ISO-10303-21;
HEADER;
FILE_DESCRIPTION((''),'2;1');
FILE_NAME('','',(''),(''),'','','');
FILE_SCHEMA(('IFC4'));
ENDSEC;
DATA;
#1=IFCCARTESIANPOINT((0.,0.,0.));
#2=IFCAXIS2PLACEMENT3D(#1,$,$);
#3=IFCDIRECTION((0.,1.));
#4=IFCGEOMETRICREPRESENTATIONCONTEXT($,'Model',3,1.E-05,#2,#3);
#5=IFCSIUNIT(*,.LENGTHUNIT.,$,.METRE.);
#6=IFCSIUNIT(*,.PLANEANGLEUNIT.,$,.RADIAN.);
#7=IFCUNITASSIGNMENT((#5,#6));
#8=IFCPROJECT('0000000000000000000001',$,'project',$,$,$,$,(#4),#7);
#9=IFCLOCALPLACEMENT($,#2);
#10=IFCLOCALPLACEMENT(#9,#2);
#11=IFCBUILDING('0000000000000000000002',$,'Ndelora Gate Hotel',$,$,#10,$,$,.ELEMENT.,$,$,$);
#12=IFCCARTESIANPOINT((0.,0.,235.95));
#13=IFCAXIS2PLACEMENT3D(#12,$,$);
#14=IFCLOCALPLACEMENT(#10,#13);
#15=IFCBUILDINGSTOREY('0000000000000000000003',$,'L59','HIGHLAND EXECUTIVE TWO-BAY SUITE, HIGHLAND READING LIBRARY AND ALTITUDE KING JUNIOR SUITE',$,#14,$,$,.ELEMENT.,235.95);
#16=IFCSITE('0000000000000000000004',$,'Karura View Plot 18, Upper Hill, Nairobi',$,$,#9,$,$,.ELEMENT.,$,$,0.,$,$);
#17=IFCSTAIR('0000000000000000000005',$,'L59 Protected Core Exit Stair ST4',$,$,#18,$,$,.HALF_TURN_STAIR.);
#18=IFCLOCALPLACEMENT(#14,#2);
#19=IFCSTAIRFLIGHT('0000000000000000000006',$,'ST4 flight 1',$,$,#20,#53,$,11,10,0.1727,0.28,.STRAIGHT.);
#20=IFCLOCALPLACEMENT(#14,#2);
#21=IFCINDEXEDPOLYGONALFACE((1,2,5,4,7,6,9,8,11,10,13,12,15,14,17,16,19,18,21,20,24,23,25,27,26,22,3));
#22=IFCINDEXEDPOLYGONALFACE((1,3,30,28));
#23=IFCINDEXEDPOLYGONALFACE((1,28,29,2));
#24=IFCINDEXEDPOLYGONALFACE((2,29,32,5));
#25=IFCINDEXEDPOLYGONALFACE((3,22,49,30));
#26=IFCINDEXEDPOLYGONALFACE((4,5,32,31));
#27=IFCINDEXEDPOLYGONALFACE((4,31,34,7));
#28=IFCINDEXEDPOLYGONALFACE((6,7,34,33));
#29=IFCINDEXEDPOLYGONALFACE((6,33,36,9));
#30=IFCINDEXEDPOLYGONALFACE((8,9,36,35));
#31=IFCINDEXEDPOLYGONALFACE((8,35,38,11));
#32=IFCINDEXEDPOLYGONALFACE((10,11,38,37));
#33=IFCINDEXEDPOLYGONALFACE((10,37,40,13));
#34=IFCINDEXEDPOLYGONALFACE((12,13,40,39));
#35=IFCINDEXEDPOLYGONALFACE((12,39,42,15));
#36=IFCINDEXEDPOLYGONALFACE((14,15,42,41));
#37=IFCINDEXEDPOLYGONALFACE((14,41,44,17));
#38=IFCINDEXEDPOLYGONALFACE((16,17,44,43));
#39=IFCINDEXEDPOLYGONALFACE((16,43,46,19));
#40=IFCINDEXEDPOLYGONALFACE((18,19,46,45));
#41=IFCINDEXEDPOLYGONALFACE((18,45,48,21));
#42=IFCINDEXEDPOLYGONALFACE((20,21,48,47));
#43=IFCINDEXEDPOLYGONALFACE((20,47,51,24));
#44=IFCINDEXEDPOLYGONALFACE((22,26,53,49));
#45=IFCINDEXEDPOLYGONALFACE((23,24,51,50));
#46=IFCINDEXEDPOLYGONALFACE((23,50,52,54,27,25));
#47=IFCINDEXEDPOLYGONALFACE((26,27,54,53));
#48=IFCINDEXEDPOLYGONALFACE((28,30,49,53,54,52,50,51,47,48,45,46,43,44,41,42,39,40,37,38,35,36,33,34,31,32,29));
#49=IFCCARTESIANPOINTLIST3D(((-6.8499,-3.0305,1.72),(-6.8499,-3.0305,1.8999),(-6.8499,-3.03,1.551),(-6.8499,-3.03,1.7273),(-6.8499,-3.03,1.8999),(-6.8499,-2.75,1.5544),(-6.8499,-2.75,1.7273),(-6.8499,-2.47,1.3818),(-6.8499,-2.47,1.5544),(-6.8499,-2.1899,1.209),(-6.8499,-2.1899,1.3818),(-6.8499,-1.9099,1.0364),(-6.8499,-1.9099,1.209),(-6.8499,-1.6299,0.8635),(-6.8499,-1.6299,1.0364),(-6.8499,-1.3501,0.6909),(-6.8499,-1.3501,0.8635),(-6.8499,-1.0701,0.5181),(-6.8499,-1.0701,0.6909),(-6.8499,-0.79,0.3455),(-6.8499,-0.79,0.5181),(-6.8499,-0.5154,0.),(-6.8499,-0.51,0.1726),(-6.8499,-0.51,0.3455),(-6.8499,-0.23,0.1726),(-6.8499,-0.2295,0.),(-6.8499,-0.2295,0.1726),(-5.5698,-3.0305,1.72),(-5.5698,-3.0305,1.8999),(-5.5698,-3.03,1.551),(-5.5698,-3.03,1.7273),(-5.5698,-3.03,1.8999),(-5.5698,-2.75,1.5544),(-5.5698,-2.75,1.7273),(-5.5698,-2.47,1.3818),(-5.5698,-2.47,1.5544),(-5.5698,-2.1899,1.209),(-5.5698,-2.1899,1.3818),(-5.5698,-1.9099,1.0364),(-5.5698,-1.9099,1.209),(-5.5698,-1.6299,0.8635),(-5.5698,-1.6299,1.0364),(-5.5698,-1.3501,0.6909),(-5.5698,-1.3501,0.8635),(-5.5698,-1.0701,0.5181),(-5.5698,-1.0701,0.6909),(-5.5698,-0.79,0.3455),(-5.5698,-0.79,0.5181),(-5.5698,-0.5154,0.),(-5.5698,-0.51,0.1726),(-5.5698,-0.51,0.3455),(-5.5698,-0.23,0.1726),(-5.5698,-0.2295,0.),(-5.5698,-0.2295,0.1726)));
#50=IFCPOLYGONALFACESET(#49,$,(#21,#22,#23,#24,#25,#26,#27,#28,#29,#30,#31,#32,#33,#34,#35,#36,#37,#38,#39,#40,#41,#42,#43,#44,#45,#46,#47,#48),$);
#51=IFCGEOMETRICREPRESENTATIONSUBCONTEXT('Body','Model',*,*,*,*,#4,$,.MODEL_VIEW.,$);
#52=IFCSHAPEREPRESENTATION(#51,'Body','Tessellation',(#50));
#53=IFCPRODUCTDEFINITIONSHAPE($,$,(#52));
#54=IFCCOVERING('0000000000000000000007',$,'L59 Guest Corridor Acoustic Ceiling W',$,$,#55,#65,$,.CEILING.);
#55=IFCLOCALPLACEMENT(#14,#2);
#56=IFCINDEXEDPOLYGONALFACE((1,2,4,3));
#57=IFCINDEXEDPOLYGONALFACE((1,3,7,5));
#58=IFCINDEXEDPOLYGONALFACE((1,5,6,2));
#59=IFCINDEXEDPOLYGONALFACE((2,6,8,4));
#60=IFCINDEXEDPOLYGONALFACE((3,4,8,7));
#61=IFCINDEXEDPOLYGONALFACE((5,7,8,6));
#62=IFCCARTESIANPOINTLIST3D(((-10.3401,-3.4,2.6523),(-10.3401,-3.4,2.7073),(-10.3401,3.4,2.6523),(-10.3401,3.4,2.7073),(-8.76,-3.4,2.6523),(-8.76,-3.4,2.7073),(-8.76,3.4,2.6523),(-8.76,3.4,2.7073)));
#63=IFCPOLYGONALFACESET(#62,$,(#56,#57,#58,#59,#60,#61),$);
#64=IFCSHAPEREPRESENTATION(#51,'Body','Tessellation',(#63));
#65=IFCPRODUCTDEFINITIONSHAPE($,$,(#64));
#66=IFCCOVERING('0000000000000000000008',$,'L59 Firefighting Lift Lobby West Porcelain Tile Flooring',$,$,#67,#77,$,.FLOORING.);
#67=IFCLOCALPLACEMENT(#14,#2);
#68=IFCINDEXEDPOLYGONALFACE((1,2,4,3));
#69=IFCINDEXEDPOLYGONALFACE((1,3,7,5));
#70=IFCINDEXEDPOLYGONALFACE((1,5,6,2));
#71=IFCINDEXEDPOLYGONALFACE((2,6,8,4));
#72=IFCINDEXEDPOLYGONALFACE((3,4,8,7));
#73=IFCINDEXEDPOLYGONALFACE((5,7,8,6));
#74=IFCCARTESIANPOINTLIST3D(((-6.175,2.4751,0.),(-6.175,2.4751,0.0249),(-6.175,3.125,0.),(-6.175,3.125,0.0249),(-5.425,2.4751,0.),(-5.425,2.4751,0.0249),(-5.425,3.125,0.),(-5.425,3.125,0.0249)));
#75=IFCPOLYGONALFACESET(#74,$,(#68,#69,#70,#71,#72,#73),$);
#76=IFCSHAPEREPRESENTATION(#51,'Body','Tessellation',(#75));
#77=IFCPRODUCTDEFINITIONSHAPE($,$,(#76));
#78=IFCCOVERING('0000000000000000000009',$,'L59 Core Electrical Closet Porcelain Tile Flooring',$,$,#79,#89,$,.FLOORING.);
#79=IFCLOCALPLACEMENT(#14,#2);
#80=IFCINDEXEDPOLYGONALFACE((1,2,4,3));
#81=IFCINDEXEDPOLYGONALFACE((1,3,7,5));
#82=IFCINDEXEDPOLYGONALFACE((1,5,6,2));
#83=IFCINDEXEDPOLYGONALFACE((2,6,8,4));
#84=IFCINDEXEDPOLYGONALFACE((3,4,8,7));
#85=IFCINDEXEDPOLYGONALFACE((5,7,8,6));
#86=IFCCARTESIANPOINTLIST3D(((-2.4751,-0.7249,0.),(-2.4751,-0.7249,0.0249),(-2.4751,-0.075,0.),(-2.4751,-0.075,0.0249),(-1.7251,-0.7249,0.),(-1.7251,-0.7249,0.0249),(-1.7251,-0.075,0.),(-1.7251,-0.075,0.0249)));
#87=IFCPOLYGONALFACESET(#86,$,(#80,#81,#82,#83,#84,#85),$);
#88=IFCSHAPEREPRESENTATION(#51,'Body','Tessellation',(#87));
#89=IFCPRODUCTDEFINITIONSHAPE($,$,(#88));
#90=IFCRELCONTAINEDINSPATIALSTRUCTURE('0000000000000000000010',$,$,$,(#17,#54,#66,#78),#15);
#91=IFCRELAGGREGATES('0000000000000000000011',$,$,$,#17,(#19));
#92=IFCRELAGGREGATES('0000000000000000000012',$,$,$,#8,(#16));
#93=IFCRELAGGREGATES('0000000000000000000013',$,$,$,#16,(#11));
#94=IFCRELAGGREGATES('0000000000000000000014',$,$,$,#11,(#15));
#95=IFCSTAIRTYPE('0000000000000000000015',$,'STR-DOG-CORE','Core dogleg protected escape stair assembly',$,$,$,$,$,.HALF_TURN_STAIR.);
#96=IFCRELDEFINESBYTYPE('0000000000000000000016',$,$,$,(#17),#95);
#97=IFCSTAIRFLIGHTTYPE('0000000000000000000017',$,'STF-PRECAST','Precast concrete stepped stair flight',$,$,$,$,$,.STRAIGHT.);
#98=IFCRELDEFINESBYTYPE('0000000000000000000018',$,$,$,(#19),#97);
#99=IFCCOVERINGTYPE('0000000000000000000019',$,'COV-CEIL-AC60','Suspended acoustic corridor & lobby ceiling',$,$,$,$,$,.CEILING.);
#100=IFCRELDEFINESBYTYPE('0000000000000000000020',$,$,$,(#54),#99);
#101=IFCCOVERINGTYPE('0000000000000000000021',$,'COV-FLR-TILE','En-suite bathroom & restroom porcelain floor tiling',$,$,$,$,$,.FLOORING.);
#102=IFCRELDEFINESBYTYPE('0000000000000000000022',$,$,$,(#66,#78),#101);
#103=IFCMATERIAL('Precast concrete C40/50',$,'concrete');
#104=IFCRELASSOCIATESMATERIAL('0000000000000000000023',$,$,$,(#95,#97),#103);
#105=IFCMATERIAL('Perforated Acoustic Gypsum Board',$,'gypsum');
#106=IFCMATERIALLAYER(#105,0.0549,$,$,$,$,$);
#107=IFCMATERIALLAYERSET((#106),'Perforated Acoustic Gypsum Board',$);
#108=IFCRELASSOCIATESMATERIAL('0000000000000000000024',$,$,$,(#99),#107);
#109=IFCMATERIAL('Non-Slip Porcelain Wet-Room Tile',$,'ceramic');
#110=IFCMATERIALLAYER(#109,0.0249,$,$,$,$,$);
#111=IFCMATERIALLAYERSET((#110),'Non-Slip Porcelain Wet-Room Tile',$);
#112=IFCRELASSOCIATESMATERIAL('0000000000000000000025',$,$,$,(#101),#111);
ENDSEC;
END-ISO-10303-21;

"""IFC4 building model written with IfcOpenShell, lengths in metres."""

from ifc_helpers import new_model, si_unit, direction, frame, origin, origin_2d, place, context, subcontext, project, spatial, polyline, rectangle, outline, extrude, material, layer, layer_set, type_object, element, aggregate, save


model = new_model("IFC4")

# Units and contexts
model_context = context("Model", 3, precision=1e-05, world=origin(), true_north=direction((0.0, 1.0)))
body_context = subcontext(model_context, "Body", "Model", "MODEL_VIEW")
ifc_project = project(units=[si_unit("LENGTHUNIT", "METRE"), si_unit("PLANEANGLEUNIT", "RADIAN")], contexts=[model_context])

# Site, building, storey
site_placement = place(None, origin())
site = spatial("IfcSite", under=ifc_project, at=site_placement, Name="Karura View Plot 18, Upper Hill, Nairobi", CompositionType="ELEMENT", RefElevation=0.0)
building_placement = place(site_placement, origin())
building = spatial("IfcBuilding", under=site, at=building_placement, Name="Ndelora Gate Hotel", CompositionType="ELEMENT")
storey_placement = place(building_placement, frame((0.0, 0.0, 235.95)))
storey = spatial("IfcBuildingStorey", under=building, at=storey_placement, Name="L59", Description="HIGHLAND EXECUTIVE TWO-BAY SUITE, HIGHLAND READING LIBRARY AND ALTITUDE KING JUNIOR SUITE", CompositionType="ELEMENT", Elevation=235.95)

# Stair, stair flight
ifc_material_1 = material(Name="Precast concrete C40/50", Category="concrete")
stair_type = type_object("IfcStairType", Name="STR-DOG-CORE", Description="Core dogleg protected escape stair assembly", PredefinedType="HALF_TURN_STAIR", material=ifc_material_1)
stair_placement = place(storey_placement, origin())
stair = element("IfcStair", 1, at=stair_placement, inside=storey, type_object=stair_type, Name="L59 Protected Core Exit Stair ST4", PredefinedType="HALF_TURN_STAIR")
stair_flight_type = type_object("IfcStairFlightType", Name="STF-PRECAST", Description="Precast concrete stepped stair flight", PredefinedType="STRAIGHT", material=ifc_material_1)
stair_flight_placement = place(storey_placement, frame((-6.21, -0.23, 0.0), z_axis=(0.0, 0.0, 1.0), x_axis=(0.0, -1.0, 0.0)))
stair_flight = element("IfcStairFlight", 2, at=stair_flight_placement, type_object=stair_flight_type, Name="ST4 flight 1", NumberOfRisers=11, NumberOfTreads=10, PredefinedType="STRAIGHT", RiserHeight=0.1727, TreadLength=0.28, context=body_context, shape_type="SweptSolid", body=[
    extrude(outline(polyline([(-0.0005, 0.0), (-0.0005, 0.1726), (0.0, 0.1726), (0.28, 0.1726), (0.28, 0.3455), (0.5601, 0.3455), (0.5601, 0.5181), (0.8401, 0.5181), (0.8401, 0.6909), (1.1201, 0.6909), (1.1201, 0.8635), (1.3999, 0.8635), (1.3999, 1.0364), (1.6799, 1.0364), (1.6799, 1.209), (1.96, 1.209), (1.96, 1.3818), (2.24, 1.3818), (2.24, 1.5544), (2.52, 1.5544), (2.52, 1.7273), (2.8, 1.7273), (2.8, 1.8999), (2.8005, 1.8999), (2.8005, 1.72), (2.8, 1.551), (0.2854, 0.0), (-0.0005, 0.0)])), frame((0.0, 0.6401, 0.0), z_axis=(0.0, -1.0, 0.0), x_axis=(1.0, 0.0, 0.0)), (0.0, 0.0, 1.0), 1.28),
])
aggregate(stair, [stair_flight])

# Coverings
ifc_material_2 = material(Name="Perforated Acoustic Gypsum Board", Category="gypsum")
ifc_layer_1 = layer(ifc_material_2, 0.0549)
ifc_layer_set_1 = layer_set([ifc_layer_1], Name="Perforated Acoustic Gypsum Board")
covering_type_1 = type_object("IfcCoveringType", Name="COV-CEIL-AC60", Description="Suspended acoustic corridor & lobby ceiling", PredefinedType="CEILING", material=ifc_layer_set_1)
covering_placement = place(storey_placement, frame((-9.55, 0.0, 2.6523), z_axis=(0.0, 0.0, 1.0), x_axis=(1.0, 0.0, 0.0)))
element("IfcCovering", 3, at=covering_placement, inside=storey, type_object=covering_type_1, Name="L59 Guest Corridor Acoustic Ceiling W", PredefinedType="CEILING", context=body_context, shape_type="SweptSolid", body=[
    extrude(rectangle(XDim=1.5801, YDim=6.8, at=origin_2d()), origin(), (0.0, 0.0, 1.0), 0.0549),
])
ifc_material_3 = material(Name="Non-Slip Porcelain Wet-Room Tile", Category="ceramic")
ifc_layer_2 = layer(ifc_material_3, 0.0249)
ifc_layer_set_2 = layer_set([ifc_layer_2], Name="Non-Slip Porcelain Wet-Room Tile")
covering_type_2 = type_object("IfcCoveringType", Name="COV-FLR-TILE", Description="En-suite bathroom & restroom porcelain floor tiling", PredefinedType="FLOORING", material=ifc_layer_set_2)
for number, where, z_axis, x_axis, name in (
    (4, (-5.8, 2.8, 0.0), (0.0, 0.0, 1.0), (1.0, 0.0, 0.0), "L59 Firefighting Lift Lobby West Porcelain Tile Flooring"),
    (5, (-2.1001, -0.3999, 0.0), (0.0, 0.0, 1.0), (1.0, 0.0, 0.0), "L59 Core Electrical Closet Porcelain Tile Flooring"),
):
    element("IfcCovering", number, at=place(storey_placement, frame(where, z_axis=z_axis, x_axis=x_axis)), inside=storey, type_object=covering_type_2, Name=name, PredefinedType="FLOORING", context=body_context, shape_type="SweptSolid", body=[
        extrude(rectangle(XDim=0.75, YDim=0.6499, at=origin_2d()), origin(), (0.0, 0.0, 1.0), 0.0249),
    ])

save(model, "model.ifc")
